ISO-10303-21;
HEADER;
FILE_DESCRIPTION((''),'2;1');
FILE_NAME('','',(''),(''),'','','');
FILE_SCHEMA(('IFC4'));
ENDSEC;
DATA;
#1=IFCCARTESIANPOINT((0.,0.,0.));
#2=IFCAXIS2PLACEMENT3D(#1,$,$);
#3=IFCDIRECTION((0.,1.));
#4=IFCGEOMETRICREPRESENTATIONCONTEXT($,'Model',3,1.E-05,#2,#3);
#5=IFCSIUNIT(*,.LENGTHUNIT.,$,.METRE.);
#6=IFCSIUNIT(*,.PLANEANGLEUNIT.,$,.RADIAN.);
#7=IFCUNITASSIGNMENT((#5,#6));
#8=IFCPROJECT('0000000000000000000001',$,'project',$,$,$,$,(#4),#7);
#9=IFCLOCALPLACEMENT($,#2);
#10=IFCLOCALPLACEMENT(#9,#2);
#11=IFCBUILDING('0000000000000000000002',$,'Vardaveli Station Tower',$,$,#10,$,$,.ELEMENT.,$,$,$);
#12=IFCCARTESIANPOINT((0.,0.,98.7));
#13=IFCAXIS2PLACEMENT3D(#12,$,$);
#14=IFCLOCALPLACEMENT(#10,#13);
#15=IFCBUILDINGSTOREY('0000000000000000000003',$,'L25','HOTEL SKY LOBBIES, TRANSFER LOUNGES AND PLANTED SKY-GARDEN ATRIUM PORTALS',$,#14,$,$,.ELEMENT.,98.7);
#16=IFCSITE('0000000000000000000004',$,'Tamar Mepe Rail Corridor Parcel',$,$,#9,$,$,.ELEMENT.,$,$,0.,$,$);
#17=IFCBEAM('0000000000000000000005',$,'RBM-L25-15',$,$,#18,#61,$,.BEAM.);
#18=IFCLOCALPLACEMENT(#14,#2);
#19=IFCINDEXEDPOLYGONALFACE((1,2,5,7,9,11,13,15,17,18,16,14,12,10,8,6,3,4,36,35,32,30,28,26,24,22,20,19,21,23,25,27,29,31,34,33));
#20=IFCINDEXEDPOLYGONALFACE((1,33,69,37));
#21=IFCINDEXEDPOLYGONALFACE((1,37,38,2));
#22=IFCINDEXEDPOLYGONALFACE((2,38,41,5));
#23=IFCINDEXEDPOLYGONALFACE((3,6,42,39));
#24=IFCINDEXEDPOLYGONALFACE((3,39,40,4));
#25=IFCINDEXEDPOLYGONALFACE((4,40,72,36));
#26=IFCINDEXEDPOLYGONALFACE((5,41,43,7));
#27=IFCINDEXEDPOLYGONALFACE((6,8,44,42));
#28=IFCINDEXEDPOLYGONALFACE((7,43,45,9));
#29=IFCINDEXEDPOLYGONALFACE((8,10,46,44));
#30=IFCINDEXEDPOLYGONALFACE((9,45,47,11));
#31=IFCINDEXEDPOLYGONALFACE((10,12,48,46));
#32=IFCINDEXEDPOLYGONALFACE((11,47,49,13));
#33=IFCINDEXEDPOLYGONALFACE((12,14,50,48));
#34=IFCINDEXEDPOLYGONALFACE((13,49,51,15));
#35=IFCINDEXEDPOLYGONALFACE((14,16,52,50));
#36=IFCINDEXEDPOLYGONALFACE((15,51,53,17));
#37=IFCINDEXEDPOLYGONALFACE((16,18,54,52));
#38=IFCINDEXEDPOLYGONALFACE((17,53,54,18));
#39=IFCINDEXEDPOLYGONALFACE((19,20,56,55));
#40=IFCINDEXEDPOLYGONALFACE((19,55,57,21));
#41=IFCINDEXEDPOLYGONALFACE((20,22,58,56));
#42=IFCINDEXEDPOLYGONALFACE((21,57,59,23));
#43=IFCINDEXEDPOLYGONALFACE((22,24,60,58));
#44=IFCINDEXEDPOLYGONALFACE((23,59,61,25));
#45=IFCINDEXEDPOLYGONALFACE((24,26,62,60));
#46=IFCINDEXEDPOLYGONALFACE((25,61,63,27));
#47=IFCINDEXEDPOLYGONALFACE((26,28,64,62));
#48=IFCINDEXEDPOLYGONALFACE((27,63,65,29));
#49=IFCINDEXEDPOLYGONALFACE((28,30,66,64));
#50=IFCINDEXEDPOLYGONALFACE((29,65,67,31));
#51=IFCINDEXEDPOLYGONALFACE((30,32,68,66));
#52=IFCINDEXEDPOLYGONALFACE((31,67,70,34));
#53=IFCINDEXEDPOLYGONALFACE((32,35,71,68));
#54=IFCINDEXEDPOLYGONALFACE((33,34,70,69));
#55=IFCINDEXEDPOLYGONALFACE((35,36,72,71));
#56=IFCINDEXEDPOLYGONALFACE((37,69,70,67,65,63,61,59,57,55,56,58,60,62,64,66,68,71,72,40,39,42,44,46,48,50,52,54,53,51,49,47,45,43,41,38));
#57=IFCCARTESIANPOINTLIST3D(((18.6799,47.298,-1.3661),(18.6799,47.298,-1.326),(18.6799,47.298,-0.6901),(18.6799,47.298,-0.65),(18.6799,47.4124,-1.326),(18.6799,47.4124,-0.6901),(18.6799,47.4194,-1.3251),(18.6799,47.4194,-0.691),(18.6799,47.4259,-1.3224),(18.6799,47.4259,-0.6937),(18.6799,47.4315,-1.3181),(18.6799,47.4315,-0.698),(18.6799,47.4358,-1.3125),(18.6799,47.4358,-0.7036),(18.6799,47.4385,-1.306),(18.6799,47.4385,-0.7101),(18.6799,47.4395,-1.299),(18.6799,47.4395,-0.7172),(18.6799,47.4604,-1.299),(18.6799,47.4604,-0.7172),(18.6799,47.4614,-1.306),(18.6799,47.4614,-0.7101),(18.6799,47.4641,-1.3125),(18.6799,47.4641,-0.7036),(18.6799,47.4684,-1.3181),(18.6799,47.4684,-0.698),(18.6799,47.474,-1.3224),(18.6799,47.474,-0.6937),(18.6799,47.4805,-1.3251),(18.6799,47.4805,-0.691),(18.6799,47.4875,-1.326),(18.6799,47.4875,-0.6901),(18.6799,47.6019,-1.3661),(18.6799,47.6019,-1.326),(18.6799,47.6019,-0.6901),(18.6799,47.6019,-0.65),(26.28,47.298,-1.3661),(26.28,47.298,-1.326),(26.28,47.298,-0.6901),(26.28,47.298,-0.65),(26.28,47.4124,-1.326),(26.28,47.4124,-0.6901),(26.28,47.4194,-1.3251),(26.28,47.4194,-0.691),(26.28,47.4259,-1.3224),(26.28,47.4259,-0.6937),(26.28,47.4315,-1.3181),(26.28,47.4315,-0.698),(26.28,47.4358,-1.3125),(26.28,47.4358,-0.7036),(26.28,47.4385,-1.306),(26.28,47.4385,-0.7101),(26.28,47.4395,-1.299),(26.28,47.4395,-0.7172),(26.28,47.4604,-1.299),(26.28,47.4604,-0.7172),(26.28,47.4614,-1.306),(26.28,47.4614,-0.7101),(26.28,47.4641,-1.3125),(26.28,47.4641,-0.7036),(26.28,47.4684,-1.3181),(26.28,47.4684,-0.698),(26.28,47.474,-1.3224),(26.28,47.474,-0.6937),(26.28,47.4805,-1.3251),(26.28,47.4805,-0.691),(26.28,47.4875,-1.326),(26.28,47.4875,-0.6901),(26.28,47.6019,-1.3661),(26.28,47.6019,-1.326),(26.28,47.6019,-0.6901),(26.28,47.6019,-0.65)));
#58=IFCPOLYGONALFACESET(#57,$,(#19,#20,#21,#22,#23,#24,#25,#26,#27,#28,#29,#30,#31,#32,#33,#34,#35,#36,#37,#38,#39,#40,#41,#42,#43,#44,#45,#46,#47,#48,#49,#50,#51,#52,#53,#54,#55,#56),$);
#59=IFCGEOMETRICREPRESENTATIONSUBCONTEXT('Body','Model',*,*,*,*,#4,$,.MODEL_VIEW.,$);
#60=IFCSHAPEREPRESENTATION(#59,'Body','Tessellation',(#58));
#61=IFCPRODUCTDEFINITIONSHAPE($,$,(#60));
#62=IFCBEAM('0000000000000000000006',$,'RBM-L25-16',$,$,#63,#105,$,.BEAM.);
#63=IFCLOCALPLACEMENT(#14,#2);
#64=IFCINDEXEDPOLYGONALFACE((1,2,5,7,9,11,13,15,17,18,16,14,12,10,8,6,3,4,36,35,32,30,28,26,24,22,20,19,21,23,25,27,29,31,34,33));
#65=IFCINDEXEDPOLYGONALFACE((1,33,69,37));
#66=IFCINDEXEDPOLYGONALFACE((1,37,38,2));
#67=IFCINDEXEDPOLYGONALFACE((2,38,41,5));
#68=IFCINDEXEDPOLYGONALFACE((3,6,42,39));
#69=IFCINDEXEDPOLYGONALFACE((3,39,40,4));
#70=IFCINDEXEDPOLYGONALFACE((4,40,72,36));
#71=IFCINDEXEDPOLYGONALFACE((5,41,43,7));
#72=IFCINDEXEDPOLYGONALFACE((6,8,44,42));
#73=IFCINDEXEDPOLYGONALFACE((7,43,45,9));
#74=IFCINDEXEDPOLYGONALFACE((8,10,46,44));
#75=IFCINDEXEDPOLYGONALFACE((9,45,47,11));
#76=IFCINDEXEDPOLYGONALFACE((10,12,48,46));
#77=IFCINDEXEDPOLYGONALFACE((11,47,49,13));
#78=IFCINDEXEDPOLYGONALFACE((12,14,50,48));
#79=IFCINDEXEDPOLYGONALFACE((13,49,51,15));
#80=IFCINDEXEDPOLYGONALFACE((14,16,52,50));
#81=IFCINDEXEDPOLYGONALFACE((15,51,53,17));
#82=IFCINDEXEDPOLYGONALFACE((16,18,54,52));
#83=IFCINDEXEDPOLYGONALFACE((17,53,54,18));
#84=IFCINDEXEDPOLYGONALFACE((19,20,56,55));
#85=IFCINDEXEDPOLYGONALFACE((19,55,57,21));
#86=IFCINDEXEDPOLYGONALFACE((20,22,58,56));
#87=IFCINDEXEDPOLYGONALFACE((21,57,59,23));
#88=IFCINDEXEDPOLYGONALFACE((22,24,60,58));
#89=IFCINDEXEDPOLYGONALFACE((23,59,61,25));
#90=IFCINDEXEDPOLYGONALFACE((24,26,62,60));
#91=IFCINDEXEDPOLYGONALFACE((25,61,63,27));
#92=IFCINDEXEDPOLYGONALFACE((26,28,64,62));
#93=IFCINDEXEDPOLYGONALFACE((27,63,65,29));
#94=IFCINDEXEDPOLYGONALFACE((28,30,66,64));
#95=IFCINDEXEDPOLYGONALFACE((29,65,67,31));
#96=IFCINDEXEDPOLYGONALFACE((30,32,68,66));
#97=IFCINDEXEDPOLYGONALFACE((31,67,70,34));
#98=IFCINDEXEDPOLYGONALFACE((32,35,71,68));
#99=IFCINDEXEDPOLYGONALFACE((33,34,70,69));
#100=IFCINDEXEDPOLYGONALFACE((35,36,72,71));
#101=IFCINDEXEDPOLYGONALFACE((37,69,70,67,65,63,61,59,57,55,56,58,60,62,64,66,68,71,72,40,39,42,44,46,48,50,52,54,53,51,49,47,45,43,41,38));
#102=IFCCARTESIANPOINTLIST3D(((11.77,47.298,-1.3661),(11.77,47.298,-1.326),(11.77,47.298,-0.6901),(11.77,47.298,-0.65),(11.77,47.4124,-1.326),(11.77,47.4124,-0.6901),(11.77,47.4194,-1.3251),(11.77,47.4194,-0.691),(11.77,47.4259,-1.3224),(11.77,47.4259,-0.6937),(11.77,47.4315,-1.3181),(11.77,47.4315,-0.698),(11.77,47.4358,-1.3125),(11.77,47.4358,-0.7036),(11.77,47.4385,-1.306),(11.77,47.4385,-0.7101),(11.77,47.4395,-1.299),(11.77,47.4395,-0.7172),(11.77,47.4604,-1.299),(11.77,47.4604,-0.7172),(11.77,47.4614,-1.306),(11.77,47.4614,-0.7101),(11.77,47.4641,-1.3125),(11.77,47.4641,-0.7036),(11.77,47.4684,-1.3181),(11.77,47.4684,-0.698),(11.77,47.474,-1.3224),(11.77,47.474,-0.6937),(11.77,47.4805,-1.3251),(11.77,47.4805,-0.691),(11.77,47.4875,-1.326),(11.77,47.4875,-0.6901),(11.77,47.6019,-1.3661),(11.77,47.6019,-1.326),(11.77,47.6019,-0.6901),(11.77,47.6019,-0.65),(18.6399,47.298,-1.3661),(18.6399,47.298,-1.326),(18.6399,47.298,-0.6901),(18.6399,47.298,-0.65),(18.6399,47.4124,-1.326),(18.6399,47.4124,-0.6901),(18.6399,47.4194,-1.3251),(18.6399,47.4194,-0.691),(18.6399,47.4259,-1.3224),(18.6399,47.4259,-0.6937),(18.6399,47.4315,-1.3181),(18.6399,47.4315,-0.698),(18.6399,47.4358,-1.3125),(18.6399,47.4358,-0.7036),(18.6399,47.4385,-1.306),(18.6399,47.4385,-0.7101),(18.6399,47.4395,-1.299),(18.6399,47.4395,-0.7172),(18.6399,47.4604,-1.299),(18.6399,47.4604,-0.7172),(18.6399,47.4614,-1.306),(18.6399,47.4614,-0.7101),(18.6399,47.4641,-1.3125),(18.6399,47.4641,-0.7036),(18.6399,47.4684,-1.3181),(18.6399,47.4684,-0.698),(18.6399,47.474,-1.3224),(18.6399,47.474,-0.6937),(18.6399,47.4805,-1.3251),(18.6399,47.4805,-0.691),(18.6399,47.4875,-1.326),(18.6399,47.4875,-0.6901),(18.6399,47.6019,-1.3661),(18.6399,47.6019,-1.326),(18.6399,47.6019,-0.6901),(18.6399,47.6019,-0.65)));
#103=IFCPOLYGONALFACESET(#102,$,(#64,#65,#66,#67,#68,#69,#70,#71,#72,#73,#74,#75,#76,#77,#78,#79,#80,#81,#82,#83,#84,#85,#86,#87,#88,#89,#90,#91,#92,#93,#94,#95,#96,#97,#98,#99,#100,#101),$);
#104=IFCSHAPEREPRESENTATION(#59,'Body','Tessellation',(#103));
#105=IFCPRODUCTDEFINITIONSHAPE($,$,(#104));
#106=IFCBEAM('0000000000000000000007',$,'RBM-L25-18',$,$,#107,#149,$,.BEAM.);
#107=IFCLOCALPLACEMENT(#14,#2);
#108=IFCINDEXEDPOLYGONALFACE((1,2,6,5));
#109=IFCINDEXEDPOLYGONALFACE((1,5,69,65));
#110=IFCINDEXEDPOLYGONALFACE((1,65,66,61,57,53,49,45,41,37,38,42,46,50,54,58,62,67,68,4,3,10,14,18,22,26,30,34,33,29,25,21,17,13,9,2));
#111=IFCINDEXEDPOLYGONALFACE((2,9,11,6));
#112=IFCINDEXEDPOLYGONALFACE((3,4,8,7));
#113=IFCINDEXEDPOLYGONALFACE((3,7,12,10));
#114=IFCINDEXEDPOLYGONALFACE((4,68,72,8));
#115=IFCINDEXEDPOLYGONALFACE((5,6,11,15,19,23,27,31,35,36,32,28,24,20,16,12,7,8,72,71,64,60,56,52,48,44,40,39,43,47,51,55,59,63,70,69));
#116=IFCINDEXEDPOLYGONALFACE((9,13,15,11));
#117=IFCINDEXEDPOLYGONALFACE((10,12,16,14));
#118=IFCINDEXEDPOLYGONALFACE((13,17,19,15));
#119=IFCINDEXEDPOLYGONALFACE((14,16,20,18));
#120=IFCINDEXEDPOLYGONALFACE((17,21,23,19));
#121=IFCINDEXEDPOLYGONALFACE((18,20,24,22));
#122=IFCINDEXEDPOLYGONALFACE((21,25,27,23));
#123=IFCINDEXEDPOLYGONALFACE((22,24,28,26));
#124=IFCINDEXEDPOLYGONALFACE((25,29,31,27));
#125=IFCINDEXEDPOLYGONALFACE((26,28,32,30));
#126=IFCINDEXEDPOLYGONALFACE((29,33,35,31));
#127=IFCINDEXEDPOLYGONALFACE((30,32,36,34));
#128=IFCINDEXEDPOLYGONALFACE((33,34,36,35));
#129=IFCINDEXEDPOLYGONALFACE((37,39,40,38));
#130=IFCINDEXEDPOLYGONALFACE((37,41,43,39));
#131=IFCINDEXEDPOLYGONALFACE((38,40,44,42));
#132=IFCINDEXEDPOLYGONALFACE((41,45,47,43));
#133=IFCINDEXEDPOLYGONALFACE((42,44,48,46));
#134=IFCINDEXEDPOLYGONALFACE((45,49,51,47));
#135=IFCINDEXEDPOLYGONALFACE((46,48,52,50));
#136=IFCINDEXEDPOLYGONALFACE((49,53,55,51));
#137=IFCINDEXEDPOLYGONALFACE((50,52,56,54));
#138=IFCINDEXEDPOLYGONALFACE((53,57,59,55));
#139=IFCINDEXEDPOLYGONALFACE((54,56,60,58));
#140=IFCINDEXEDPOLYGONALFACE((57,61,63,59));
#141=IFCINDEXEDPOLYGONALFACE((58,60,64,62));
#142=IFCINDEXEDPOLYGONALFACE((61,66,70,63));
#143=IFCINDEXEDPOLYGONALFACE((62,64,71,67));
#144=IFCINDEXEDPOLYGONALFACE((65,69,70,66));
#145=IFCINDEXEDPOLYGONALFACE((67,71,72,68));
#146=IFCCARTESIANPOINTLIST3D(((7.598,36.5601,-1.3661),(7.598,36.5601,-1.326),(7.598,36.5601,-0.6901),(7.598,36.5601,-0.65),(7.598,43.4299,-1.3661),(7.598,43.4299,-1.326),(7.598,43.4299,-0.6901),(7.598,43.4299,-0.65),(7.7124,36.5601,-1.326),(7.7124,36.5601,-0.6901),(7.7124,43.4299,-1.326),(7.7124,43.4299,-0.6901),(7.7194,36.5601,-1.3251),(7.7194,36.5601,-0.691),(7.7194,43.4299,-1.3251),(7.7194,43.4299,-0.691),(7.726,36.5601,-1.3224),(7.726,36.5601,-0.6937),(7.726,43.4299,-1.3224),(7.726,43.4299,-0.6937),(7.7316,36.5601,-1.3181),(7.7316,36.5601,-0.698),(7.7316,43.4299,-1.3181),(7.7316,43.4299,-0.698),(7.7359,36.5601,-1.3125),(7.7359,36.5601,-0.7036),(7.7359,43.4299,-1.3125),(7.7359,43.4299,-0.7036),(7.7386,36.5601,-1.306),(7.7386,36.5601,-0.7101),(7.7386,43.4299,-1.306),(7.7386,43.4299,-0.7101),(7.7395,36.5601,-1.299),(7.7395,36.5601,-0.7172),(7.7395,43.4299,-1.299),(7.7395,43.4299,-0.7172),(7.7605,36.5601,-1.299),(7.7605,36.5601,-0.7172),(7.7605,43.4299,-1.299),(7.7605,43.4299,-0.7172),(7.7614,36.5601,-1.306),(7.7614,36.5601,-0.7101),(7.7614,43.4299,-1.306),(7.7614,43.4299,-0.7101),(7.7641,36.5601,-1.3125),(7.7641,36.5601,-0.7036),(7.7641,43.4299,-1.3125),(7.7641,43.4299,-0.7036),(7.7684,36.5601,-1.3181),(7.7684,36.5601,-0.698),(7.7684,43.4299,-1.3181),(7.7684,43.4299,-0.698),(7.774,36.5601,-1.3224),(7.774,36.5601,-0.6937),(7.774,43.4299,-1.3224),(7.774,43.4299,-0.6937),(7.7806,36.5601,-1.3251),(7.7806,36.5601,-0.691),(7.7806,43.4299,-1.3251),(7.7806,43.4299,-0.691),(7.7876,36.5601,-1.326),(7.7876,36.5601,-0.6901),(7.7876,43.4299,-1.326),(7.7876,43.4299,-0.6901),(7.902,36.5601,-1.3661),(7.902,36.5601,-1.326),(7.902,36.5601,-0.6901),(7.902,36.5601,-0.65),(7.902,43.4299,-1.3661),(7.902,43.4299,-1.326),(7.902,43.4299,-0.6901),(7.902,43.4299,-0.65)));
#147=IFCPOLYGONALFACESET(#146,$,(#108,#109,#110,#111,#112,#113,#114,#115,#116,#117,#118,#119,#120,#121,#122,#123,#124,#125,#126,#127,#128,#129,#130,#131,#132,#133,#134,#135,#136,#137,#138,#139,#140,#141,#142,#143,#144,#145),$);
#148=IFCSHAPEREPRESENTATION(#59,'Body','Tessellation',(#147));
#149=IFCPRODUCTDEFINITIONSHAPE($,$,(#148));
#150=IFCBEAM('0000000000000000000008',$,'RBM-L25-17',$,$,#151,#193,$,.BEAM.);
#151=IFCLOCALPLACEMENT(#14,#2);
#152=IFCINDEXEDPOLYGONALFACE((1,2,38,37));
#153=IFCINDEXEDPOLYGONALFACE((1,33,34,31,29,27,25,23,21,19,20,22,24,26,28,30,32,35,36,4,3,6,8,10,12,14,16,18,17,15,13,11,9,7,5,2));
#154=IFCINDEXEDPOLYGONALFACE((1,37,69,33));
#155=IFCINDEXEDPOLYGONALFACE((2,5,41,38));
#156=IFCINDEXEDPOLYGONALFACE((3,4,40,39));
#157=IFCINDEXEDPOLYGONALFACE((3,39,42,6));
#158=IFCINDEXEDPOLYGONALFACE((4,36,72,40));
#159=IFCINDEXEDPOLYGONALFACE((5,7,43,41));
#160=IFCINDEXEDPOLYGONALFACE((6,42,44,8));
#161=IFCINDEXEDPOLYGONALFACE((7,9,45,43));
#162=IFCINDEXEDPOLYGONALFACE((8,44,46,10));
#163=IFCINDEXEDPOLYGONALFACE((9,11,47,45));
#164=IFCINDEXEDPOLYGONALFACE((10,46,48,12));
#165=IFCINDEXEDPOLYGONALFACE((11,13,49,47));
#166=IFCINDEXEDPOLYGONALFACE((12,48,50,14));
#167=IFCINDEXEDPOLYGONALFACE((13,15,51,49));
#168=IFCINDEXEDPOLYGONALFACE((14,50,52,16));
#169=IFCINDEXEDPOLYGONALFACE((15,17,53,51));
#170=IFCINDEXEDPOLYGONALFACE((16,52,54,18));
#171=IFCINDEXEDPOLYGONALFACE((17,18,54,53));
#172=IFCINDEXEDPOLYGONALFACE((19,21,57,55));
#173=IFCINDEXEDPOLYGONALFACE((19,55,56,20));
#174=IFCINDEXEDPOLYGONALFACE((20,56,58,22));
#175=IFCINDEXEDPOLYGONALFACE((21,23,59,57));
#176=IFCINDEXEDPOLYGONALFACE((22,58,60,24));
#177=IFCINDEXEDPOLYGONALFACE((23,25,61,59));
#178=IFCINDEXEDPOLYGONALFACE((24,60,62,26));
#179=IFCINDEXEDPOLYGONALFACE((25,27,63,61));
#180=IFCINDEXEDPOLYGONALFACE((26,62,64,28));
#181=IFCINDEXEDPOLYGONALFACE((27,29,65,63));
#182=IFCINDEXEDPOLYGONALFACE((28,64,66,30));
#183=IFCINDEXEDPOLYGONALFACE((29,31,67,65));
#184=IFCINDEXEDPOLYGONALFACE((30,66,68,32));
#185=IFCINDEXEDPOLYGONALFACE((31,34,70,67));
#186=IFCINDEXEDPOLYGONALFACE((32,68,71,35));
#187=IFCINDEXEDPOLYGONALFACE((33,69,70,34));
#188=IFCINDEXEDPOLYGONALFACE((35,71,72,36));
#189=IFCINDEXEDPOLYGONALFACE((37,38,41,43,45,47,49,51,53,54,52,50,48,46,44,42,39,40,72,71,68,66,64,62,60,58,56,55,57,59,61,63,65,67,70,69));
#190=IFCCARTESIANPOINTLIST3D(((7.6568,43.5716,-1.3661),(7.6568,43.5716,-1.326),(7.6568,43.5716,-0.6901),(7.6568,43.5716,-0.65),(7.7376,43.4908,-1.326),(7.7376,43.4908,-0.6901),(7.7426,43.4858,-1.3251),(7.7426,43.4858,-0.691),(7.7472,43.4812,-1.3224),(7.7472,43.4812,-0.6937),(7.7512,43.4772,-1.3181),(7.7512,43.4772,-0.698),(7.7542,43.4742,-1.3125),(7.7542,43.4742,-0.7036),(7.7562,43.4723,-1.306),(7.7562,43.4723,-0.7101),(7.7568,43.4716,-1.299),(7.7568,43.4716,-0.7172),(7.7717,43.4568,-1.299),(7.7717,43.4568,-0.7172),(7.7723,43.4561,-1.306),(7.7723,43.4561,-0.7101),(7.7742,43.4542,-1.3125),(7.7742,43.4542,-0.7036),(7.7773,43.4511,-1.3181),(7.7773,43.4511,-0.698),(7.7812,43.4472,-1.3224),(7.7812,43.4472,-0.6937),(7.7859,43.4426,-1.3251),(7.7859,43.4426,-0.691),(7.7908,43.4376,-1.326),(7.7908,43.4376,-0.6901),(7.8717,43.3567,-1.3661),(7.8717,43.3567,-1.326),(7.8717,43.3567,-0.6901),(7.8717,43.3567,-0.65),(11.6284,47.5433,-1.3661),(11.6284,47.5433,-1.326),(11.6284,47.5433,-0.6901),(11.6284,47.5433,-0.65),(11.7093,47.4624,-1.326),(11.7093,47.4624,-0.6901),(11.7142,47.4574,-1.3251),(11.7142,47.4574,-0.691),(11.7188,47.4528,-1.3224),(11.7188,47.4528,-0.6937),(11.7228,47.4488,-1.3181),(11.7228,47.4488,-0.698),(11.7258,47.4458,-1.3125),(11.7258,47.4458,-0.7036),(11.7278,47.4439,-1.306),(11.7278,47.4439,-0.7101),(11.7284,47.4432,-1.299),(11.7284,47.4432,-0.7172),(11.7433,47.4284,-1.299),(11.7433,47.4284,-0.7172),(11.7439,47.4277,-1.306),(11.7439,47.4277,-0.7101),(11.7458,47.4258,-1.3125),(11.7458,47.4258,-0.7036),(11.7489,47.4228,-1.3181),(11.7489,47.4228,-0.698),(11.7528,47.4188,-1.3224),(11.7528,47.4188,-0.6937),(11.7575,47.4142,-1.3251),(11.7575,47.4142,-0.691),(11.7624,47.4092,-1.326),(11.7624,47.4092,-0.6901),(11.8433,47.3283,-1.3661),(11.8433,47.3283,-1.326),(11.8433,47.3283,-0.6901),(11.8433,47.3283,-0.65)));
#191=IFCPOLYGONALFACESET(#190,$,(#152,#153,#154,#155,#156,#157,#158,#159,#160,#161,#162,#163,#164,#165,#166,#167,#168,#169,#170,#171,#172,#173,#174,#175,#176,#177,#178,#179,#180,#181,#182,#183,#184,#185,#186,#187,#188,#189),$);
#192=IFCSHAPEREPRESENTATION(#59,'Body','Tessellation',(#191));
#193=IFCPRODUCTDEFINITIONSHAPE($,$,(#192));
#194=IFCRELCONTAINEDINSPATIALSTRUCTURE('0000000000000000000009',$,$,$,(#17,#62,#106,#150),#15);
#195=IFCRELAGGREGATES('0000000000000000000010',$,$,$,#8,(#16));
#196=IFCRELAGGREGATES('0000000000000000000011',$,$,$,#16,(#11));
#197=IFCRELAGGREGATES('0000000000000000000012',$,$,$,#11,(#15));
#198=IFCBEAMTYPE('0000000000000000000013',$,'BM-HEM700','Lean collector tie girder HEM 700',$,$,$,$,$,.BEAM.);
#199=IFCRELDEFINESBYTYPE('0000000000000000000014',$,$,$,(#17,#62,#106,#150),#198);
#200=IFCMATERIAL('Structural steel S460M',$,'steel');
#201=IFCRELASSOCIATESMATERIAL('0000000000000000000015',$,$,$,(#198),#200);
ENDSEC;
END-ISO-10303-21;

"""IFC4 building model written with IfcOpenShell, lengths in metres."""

from ifc_helpers import new_model, si_unit, direction, frame, origin, origin_2d, place, context, subcontext, project, spatial, i_section, extrude, source, transform, mapped, material, material_profile, profile_set, type_object, element, save


model = new_model("IFC4")

# Units and contexts
model_context = context("Model", 3, precision=1e-05, world=origin(), true_north=direction((0.0, 1.0)))
body_context = subcontext(model_context, "Body", "Model", "MODEL_VIEW")
ifc_project = project(units=[si_unit("LENGTHUNIT", "METRE"), si_unit("PLANEANGLEUNIT", "RADIAN")], contexts=[model_context])

# Site, building, storey
site_placement = place(None, origin())
site = spatial("IfcSite", under=ifc_project, at=site_placement, Name="Tamar Mepe Rail Corridor Parcel", CompositionType="ELEMENT", RefElevation=0.0)
building_placement = place(site_placement, origin())
building = spatial("IfcBuilding", under=site, at=building_placement, Name="Vardaveli Station Tower", CompositionType="ELEMENT")
storey_placement = place(building_placement, frame((0.0, 0.0, 98.7)))
storey = spatial("IfcBuildingStorey", under=building, at=storey_placement, Name="L25", Description="HOTEL SKY LOBBIES, TRANSFER LOUNGES AND PLANTED SKY-GARDEN ATRIUM PORTALS", CompositionType="ELEMENT", Elevation=98.7)

# Shared definitions
ifc_material_1 = material(Name="Structural steel S460M", Category="steel")

# Beams
ifc_material_profile_1 = material_profile(ifc_material_1, i_section(OverallWidth=0.304, OverallDepth=0.7161, WebThickness=0.021, FlangeThickness=0.04, FilletRadius=0.0271, at=origin_2d()), Name="HEM 700")
ifc_profile_set_1 = profile_set([ifc_material_profile_1], Name="Structural steel S460M")
beam_type = type_object("IfcBeamType", Name="BM-HEM700", Description="Lean collector tie girder HEM 700", PredefinedType="BEAM", material=ifc_profile_set_1)
shared_shape_1 = source(origin(), body_context, "Body", "SweptSolid", [
    extrude(i_section(OverallWidth=0.304, OverallDepth=0.7161, WebThickness=0.021, FlangeThickness=0.04, FilletRadius=0.0271, at=origin_2d()), origin(), (0.0, 0.0, 1.0), 7.6001),
])
beam_1_placement = place(storey_placement, frame((26.28, 47.45, -1.0081), z_axis=(-1.0, 0.0, 0.0), x_axis=(0.0, -1.0, 0.0)))
element("IfcBeam", 1, at=beam_1_placement, inside=storey, type_object=beam_type, Name="RBM-L25-15", PredefinedType="BEAM", context=body_context, shape_type="MappedRepresentation", body=[
    mapped(shared_shape_1, transform((0.0, 0.0, 0.0), scale=1.0)),
])
shared_shape_2 = source(origin(), body_context, "Body", "SweptSolid", [
    extrude(i_section(OverallWidth=0.304, OverallDepth=0.7161, WebThickness=0.021, FlangeThickness=0.04, FilletRadius=0.0271, at=origin_2d()), origin(), (0.0, 0.0, 1.0), 6.8699),
])
for number, where, z_axis, x_axis, name in (
    (2, (18.6399, 47.45, -1.0081), (-1.0, 0.0, 0.0), (0.0, -1.0, 0.0), "RBM-L25-16"),
    (3, (7.75, 43.4299, -1.0081), (0.0, -1.0, 0.0), (1.0, 0.0, 0.0), "RBM-L25-18"),
):
    element("IfcBeam", number, at=place(storey_placement, frame(where, z_axis=z_axis, x_axis=x_axis)), inside=storey, type_object=beam_type, Name=name, PredefinedType="BEAM", context=body_context, shape_type="MappedRepresentation", body=[
        mapped(shared_shape_2, transform((0.0, 0.0, 0.0), scale=1.0)),
    ])
shared_shape_3 = source(origin(), body_context, "Body", "SweptSolid", [
    extrude(i_section(OverallWidth=0.304, OverallDepth=0.7161, WebThickness=0.021, FlangeThickness=0.04, FilletRadius=0.0271, at=origin_2d()), origin(), (0.0, 0.0, 1.0), 5.6167),
])
beam_2_placement = place(storey_placement, frame((11.7358, 47.4358, -1.0081), z_axis=(-0.707107, -0.707107, 0.0), x_axis=(0.707107, -0.707107, 0.0)))
element("IfcBeam", 4, at=beam_2_placement, inside=storey, type_object=beam_type, Name="RBM-L25-17", PredefinedType="BEAM", context=body_context, shape_type="MappedRepresentation", body=[
    mapped(shared_shape_3, transform((0.0, 0.0, 0.0), scale=1.0)),
])

save(model, "model.ifc")
